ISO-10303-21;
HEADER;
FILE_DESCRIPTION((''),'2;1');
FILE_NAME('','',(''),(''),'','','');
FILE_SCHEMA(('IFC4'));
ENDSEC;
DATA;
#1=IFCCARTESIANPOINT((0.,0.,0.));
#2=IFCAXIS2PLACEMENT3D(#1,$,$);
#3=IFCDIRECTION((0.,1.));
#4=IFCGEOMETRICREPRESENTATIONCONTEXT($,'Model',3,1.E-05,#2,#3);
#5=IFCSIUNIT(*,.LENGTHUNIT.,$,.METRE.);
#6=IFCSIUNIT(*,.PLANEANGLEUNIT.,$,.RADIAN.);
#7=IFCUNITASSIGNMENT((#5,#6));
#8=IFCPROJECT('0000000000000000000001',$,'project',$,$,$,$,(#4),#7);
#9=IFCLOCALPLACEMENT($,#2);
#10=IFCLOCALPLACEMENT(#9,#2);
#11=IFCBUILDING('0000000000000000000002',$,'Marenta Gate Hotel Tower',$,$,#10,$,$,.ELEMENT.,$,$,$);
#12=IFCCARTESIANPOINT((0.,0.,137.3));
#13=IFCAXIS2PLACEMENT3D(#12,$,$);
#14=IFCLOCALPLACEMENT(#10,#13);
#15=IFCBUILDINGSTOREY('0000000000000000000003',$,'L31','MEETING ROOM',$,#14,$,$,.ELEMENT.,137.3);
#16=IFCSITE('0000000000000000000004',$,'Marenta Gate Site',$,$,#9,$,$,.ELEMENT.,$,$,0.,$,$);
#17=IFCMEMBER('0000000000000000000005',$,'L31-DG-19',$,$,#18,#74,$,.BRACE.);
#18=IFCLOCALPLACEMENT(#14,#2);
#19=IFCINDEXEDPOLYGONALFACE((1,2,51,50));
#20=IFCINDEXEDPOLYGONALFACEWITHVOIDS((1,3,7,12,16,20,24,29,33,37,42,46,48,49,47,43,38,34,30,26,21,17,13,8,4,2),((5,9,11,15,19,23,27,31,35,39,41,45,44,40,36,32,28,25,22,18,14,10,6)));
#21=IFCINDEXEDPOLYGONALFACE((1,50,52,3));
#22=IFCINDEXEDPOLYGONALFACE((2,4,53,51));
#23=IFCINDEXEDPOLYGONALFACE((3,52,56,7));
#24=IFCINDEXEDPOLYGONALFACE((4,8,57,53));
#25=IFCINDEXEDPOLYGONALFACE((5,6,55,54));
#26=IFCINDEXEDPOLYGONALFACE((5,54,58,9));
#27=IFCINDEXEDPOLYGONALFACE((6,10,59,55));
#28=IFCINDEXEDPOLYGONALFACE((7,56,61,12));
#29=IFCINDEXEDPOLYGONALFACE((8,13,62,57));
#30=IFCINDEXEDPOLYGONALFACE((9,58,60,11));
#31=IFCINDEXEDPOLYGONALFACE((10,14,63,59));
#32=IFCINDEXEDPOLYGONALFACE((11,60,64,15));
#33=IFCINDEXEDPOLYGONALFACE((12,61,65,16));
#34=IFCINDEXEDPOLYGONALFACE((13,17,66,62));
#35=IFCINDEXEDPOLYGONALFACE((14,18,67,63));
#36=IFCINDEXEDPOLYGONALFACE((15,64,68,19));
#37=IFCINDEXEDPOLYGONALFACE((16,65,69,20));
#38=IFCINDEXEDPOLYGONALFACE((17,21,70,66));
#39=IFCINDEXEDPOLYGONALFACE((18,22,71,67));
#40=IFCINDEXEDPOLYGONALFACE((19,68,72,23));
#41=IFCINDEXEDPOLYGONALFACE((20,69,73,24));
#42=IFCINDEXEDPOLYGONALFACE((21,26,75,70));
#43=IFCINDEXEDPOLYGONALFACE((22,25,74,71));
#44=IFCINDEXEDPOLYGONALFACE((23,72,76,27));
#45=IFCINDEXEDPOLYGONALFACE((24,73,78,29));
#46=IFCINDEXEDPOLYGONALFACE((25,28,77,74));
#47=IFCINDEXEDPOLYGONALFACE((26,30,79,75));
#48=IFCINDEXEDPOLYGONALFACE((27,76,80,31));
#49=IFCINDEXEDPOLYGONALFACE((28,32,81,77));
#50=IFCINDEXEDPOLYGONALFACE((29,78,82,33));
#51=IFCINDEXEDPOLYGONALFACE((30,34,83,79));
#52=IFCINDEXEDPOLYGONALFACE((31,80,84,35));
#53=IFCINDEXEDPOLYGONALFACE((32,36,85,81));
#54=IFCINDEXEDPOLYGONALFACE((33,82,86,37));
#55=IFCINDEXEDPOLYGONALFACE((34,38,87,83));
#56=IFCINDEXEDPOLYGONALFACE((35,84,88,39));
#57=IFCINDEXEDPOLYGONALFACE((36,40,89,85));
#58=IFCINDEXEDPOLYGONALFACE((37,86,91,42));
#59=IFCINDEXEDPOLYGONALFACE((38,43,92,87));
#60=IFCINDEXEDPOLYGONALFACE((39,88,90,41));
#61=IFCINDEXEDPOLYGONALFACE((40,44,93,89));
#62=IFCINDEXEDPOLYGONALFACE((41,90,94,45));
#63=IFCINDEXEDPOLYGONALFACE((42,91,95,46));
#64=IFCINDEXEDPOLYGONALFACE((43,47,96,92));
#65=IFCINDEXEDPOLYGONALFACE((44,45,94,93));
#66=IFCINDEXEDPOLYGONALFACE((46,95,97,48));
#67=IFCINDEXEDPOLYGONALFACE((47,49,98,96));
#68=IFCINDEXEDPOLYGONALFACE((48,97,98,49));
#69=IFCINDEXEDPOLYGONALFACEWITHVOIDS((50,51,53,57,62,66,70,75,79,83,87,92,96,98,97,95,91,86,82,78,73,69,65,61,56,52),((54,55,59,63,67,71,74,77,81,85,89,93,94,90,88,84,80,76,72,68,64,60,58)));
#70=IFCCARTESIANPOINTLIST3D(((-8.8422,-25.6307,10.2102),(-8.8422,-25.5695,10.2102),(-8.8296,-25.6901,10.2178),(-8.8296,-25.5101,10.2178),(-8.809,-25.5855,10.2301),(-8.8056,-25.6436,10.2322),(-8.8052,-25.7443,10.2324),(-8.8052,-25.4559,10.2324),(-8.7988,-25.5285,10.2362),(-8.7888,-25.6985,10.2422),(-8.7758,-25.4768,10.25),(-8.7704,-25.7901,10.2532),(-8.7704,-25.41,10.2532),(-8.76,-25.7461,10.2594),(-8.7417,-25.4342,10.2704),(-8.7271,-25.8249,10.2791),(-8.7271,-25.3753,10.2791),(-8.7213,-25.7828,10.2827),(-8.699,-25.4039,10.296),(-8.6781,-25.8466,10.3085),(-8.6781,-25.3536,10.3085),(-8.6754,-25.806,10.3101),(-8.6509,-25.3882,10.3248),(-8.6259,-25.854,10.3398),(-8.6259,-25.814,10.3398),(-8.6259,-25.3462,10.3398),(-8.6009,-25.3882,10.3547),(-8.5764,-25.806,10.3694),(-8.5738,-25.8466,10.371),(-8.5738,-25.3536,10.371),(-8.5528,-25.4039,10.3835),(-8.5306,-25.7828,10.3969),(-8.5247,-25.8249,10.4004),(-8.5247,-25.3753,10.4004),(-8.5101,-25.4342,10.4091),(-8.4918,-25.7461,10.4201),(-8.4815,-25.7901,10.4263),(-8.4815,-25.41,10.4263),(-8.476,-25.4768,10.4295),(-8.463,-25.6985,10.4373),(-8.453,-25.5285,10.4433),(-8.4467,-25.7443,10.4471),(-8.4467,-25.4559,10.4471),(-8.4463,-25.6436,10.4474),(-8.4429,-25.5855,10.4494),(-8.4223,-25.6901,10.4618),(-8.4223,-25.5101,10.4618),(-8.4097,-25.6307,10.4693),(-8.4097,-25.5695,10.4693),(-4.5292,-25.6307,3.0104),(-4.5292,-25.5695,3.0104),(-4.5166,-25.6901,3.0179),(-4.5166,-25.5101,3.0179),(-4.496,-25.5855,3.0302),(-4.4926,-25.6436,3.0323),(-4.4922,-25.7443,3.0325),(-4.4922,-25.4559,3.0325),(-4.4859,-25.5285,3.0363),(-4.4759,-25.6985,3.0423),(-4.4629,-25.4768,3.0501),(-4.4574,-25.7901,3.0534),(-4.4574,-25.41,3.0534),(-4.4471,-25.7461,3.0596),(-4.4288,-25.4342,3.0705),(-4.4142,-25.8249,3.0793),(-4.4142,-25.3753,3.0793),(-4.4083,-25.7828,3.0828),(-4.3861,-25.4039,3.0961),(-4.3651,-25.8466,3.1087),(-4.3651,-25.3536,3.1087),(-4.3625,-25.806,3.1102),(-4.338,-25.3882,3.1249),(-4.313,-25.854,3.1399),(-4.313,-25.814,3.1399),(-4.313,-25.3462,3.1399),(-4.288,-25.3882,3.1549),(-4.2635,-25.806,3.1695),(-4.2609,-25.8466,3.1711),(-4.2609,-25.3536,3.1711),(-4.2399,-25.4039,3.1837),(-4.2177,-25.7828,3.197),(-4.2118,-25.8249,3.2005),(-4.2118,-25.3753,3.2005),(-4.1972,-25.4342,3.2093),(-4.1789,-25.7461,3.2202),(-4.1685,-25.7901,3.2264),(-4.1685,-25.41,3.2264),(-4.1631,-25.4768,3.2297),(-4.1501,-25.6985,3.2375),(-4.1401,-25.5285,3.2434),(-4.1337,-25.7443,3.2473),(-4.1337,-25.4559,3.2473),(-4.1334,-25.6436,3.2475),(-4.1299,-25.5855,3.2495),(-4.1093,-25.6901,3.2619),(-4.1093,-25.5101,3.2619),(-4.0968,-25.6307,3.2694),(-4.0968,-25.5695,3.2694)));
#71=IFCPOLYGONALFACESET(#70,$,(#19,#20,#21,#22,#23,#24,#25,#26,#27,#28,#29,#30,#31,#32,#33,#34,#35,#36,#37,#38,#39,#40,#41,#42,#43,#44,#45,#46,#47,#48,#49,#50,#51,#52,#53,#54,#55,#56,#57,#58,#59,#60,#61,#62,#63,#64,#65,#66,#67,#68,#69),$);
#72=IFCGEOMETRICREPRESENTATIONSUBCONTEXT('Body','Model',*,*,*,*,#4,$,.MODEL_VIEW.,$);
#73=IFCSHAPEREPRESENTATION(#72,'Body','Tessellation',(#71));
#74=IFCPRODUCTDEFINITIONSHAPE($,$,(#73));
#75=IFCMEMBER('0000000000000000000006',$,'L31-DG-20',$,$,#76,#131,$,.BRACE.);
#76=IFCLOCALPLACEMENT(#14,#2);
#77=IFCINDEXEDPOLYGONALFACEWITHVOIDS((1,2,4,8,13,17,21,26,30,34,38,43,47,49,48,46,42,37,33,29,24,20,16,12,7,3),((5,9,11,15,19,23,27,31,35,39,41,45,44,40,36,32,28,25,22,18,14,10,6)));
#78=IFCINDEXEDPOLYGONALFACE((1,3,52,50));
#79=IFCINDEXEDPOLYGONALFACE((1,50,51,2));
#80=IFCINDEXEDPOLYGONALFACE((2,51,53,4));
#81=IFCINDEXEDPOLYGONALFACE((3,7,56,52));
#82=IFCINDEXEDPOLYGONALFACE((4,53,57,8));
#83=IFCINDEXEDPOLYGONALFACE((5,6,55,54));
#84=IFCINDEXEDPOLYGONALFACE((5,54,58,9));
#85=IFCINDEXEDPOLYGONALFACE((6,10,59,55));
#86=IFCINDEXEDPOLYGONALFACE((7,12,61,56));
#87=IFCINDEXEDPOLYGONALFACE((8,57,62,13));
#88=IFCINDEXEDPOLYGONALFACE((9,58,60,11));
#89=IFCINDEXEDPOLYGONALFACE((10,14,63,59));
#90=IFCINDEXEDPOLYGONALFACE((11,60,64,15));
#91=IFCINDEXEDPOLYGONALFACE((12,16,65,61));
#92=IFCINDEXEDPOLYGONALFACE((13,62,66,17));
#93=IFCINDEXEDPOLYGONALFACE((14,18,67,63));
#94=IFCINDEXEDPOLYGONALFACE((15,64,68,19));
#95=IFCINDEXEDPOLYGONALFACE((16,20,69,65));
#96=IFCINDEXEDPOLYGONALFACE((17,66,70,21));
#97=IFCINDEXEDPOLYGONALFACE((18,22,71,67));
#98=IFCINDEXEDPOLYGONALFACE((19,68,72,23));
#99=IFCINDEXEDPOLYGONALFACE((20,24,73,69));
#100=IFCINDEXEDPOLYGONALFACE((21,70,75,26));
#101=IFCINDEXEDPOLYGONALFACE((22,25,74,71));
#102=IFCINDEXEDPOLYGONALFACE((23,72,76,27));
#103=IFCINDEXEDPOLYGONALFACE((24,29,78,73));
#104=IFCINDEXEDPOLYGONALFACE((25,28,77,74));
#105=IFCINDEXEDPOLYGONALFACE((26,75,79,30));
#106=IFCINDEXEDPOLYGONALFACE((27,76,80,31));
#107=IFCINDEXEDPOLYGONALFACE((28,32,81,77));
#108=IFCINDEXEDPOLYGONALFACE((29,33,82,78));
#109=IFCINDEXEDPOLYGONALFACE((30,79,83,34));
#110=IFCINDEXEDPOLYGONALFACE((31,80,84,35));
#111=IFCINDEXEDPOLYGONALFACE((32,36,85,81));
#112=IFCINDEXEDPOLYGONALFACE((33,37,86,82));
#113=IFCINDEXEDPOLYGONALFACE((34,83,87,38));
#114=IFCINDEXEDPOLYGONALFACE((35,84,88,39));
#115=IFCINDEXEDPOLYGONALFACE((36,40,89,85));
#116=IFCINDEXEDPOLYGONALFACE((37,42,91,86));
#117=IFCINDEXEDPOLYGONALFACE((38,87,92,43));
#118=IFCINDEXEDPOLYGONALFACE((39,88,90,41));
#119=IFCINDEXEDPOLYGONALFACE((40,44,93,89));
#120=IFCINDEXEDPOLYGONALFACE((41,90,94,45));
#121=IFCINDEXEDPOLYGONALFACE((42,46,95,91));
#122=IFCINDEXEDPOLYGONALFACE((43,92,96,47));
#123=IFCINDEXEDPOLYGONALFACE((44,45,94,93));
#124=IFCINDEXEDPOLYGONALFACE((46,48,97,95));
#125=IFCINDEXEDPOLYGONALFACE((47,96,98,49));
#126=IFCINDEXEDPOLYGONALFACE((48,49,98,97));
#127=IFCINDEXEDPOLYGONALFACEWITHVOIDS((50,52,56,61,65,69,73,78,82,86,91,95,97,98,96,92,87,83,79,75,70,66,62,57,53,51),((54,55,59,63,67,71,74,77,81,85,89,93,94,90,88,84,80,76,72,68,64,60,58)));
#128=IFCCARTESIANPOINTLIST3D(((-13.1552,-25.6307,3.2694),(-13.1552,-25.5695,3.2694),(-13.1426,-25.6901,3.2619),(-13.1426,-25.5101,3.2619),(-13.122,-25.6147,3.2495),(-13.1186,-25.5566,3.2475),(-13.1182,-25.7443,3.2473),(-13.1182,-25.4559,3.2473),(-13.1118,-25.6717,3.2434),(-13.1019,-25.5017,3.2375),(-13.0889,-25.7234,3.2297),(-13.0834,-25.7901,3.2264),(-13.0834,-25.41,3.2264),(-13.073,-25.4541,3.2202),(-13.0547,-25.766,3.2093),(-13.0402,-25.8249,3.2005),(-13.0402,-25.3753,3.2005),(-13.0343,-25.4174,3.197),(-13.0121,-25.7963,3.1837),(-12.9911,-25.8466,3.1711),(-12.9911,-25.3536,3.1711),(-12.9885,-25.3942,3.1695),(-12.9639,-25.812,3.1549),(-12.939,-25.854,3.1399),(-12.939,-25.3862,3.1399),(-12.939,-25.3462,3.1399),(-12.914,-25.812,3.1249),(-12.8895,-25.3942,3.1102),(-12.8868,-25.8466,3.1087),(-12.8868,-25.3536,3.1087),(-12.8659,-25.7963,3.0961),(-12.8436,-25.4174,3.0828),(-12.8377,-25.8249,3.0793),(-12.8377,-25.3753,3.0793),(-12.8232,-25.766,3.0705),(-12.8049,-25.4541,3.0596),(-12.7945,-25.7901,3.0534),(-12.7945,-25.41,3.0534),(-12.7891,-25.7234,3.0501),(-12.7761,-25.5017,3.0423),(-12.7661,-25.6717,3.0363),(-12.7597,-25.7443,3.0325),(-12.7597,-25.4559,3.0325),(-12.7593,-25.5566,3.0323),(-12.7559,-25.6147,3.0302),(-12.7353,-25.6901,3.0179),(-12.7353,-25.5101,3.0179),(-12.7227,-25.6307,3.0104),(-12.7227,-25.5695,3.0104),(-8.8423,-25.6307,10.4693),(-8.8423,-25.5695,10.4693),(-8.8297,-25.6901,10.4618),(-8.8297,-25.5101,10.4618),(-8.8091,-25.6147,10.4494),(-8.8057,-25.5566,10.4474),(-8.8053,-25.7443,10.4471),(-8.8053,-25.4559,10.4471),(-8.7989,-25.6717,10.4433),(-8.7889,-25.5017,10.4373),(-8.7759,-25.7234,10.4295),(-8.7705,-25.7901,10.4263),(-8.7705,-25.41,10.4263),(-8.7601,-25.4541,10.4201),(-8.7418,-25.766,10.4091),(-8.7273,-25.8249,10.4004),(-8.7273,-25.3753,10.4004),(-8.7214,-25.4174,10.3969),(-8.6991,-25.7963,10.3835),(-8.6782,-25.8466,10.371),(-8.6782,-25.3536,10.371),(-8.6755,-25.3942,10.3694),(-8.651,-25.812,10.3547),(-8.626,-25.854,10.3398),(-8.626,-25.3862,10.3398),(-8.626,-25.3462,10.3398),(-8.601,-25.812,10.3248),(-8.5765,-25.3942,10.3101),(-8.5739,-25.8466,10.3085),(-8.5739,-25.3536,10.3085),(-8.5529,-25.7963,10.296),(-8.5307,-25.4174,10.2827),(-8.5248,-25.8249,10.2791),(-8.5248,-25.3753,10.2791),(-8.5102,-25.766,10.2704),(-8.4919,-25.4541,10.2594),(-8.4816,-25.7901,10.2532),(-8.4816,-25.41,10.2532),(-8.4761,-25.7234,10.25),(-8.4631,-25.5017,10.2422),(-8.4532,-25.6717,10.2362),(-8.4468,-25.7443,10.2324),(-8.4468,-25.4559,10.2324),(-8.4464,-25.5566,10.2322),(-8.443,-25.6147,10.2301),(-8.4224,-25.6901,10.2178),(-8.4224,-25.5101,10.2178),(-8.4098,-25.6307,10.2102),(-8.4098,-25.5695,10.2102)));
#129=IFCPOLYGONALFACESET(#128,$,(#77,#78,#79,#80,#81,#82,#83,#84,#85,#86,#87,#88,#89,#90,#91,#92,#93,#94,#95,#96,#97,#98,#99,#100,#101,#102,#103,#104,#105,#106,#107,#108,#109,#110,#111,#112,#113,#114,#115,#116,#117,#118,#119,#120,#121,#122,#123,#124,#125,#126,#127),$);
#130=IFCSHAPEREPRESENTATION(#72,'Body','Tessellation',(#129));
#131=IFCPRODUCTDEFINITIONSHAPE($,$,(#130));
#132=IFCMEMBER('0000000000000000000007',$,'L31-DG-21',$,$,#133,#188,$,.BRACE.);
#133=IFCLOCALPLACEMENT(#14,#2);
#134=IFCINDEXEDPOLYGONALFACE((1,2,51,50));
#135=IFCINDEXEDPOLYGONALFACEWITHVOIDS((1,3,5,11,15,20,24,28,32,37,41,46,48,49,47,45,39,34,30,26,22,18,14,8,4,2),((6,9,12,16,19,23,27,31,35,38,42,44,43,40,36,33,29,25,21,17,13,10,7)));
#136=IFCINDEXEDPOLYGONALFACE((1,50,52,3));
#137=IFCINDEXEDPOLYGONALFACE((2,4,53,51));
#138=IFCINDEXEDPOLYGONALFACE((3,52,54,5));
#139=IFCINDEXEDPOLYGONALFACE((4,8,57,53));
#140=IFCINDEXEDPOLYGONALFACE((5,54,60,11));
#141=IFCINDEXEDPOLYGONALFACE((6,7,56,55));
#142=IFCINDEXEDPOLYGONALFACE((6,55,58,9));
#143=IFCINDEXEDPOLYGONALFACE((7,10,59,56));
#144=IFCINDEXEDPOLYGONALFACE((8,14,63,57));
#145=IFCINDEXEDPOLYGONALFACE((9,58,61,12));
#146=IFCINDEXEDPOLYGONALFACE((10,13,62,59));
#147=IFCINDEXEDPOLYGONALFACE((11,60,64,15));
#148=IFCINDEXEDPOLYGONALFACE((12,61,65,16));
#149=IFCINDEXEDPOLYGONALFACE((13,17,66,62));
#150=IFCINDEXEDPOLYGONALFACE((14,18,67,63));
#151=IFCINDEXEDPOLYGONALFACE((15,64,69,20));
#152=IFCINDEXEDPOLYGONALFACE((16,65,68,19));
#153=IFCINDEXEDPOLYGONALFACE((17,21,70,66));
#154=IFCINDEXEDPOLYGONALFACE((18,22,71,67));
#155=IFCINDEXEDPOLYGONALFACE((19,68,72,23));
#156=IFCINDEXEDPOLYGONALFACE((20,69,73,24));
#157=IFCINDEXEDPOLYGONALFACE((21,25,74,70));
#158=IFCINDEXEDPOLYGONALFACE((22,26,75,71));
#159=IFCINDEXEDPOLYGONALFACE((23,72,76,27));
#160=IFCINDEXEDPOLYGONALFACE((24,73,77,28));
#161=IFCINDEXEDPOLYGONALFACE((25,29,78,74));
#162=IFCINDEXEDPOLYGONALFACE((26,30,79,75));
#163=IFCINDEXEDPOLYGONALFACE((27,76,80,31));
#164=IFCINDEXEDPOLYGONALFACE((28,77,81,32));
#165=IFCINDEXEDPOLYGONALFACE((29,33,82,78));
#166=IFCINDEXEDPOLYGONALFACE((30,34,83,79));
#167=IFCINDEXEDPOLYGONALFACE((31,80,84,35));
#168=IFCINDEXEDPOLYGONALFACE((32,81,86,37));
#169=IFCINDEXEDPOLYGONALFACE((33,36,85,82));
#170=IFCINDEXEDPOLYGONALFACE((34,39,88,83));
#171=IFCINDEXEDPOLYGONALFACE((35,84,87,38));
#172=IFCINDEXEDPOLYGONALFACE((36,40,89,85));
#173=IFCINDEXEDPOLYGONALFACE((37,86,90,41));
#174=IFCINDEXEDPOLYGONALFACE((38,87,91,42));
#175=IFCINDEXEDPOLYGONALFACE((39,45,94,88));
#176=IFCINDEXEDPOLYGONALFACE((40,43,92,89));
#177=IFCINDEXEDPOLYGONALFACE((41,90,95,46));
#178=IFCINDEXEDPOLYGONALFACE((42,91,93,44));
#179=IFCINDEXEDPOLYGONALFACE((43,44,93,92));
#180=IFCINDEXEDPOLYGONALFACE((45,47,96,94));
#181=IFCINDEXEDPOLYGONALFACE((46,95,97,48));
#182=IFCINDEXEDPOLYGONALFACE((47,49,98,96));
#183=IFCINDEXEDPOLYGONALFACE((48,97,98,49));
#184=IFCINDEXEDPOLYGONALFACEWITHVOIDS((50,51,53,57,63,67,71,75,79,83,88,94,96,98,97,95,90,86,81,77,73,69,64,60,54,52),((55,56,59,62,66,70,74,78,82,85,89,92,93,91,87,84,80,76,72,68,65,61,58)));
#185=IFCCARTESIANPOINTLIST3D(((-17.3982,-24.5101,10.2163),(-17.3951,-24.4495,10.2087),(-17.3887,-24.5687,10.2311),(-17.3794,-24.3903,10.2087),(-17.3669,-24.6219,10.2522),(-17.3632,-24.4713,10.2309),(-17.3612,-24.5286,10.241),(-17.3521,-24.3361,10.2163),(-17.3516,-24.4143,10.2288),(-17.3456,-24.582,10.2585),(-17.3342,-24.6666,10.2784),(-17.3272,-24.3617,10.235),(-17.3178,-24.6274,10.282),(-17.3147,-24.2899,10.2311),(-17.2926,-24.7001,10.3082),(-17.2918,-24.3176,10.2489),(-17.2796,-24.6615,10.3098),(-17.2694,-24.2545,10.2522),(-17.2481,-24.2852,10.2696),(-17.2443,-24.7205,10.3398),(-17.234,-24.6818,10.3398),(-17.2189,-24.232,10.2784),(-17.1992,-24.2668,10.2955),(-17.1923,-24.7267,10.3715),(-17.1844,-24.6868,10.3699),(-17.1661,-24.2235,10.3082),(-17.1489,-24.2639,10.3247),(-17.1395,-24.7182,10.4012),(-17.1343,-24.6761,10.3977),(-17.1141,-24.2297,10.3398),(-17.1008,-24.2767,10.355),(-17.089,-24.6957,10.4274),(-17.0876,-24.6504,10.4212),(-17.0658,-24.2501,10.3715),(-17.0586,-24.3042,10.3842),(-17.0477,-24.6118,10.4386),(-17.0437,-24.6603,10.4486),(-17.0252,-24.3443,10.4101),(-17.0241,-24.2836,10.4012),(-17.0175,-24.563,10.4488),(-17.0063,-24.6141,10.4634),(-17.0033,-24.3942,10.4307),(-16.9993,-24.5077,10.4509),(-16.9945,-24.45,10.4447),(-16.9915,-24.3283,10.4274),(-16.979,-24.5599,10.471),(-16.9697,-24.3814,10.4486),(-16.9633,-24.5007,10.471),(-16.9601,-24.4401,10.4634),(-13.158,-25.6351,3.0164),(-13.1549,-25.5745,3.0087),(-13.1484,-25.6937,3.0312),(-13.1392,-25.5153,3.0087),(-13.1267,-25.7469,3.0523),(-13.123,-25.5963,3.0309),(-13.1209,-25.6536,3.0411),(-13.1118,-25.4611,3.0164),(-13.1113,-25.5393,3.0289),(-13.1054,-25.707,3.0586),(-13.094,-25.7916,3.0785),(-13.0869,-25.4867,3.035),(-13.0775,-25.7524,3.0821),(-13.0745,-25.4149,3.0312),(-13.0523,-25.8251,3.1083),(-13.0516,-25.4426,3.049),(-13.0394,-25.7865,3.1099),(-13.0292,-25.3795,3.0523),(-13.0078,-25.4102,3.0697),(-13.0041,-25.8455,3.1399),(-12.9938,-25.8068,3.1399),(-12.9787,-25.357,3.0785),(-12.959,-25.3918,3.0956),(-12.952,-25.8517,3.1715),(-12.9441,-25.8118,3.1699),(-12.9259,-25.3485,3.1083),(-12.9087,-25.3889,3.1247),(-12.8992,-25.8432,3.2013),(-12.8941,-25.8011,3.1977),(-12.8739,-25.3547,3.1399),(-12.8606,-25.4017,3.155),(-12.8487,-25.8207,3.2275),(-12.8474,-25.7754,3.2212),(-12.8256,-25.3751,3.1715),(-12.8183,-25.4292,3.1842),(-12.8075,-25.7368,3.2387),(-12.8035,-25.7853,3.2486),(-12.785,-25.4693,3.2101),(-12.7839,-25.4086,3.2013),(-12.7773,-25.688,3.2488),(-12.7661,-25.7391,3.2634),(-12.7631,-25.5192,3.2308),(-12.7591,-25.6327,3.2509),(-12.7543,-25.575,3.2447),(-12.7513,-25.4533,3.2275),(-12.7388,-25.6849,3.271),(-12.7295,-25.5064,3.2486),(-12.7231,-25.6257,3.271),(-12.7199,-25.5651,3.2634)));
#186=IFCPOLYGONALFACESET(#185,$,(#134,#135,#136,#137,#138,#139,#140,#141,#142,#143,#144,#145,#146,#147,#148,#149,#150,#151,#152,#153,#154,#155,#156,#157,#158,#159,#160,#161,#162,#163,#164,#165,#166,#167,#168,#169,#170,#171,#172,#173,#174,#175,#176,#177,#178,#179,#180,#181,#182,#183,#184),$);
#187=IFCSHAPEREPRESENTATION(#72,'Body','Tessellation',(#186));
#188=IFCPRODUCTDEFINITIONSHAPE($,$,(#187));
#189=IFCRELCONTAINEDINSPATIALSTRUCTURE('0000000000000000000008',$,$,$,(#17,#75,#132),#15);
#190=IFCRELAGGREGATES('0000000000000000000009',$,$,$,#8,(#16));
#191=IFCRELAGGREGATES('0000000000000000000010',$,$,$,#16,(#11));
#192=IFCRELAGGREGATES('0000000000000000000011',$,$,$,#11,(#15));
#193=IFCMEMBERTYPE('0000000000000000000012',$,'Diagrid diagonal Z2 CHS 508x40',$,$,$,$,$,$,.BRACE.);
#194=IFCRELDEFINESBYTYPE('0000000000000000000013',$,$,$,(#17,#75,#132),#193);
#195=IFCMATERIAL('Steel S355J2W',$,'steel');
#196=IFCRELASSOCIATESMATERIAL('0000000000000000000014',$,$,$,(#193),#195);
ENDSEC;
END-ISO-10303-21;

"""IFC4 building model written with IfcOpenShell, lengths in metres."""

from ifc_helpers import new_model, si_unit, direction, frame, origin, origin_2d, place, context, subcontext, project, spatial, hollow_circle, extrude, material, material_profile, profile_set, type_object, element, save


model = new_model("IFC4")

# Units and contexts
model_context = context("Model", 3, precision=1e-05, world=origin(), true_north=direction((0.0, 1.0)))
body_context = subcontext(model_context, "Body", "Model", "MODEL_VIEW")
ifc_project = project(units=[si_unit("LENGTHUNIT", "METRE"), si_unit("PLANEANGLEUNIT", "RADIAN")], contexts=[model_context])

# Site, building, storey
site_placement = place(None, origin())
site = spatial("IfcSite", under=ifc_project, at=site_placement, Name="Marenta Gate Site", CompositionType="ELEMENT", RefElevation=0.0)
building_placement = place(site_placement, origin())
building = spatial("IfcBuilding", under=site, at=building_placement, Name="Marenta Gate Hotel Tower", CompositionType="ELEMENT")
storey_placement = place(building_placement, frame((0.0, 0.0, 137.3)))
storey = spatial("IfcBuildingStorey", under=building, at=storey_placement, Name="L31", Description="MEETING ROOM", CompositionType="ELEMENT", Elevation=137.3)

# Members
ifc_material_1 = material(Name="Steel S355J2W", Category="steel")
ifc_material_profile_1 = material_profile(ifc_material_1, hollow_circle(Radius=0.2539, WallThickness=0.04, at=origin_2d()), Name="CHS 508x40")
ifc_profile_set_1 = profile_set([ifc_material_profile_1], Name="Steel S355J2W")
member_type_1 = type_object("IfcMemberType", Name="Diagrid diagonal Z2 CHS 508x40", PredefinedType="BRACE", material=ifc_profile_set_1)
for number, where, z_axis, x_axis, name in (
    (1, (-4.313, -25.6001, 3.1399), (-0.513884, 0.0, 0.85786), (0.0, -1.0, 0.0), "L31-DG-19"),
    (2, (-12.939, -25.6001, 3.1399), (0.513884, 0.0, 0.85786), (0.0, 1.0, 0.0), "L31-DG-20"),
):
    element("IfcMember", number, at=place(storey_placement, frame(where, z_axis=z_axis, x_axis=x_axis)), inside=storey, type_object=member_type_1, Name=name, PredefinedType="BRACE", context=body_context, shape_type="SweptSolid", body=[
        extrude(hollow_circle(Radius=0.2539, WallThickness=0.04, at=origin_2d()), origin(), (0.0, 0.0, 1.0), 8.3928),
    ])
member_1_placement = place(storey_placement, frame((-12.939, -25.6001, 3.1399), z_axis=(-0.502924, 0.133434, 0.853969), x_axis=(-0.256443, -0.966559, 0.0)))
element("IfcMember", 3, at=member_1_placement, inside=storey, type_object=member_type_1, Name="L31-DG-21", PredefinedType="BRACE", context=body_context, shape_type="SweptSolid", body=[
    extrude(hollow_circle(Radius=0.2539, WallThickness=0.04, at=origin_2d()), origin(), (0.0, 0.0, 1.0), 8.4312),
])

save(model, "model.ifc")
